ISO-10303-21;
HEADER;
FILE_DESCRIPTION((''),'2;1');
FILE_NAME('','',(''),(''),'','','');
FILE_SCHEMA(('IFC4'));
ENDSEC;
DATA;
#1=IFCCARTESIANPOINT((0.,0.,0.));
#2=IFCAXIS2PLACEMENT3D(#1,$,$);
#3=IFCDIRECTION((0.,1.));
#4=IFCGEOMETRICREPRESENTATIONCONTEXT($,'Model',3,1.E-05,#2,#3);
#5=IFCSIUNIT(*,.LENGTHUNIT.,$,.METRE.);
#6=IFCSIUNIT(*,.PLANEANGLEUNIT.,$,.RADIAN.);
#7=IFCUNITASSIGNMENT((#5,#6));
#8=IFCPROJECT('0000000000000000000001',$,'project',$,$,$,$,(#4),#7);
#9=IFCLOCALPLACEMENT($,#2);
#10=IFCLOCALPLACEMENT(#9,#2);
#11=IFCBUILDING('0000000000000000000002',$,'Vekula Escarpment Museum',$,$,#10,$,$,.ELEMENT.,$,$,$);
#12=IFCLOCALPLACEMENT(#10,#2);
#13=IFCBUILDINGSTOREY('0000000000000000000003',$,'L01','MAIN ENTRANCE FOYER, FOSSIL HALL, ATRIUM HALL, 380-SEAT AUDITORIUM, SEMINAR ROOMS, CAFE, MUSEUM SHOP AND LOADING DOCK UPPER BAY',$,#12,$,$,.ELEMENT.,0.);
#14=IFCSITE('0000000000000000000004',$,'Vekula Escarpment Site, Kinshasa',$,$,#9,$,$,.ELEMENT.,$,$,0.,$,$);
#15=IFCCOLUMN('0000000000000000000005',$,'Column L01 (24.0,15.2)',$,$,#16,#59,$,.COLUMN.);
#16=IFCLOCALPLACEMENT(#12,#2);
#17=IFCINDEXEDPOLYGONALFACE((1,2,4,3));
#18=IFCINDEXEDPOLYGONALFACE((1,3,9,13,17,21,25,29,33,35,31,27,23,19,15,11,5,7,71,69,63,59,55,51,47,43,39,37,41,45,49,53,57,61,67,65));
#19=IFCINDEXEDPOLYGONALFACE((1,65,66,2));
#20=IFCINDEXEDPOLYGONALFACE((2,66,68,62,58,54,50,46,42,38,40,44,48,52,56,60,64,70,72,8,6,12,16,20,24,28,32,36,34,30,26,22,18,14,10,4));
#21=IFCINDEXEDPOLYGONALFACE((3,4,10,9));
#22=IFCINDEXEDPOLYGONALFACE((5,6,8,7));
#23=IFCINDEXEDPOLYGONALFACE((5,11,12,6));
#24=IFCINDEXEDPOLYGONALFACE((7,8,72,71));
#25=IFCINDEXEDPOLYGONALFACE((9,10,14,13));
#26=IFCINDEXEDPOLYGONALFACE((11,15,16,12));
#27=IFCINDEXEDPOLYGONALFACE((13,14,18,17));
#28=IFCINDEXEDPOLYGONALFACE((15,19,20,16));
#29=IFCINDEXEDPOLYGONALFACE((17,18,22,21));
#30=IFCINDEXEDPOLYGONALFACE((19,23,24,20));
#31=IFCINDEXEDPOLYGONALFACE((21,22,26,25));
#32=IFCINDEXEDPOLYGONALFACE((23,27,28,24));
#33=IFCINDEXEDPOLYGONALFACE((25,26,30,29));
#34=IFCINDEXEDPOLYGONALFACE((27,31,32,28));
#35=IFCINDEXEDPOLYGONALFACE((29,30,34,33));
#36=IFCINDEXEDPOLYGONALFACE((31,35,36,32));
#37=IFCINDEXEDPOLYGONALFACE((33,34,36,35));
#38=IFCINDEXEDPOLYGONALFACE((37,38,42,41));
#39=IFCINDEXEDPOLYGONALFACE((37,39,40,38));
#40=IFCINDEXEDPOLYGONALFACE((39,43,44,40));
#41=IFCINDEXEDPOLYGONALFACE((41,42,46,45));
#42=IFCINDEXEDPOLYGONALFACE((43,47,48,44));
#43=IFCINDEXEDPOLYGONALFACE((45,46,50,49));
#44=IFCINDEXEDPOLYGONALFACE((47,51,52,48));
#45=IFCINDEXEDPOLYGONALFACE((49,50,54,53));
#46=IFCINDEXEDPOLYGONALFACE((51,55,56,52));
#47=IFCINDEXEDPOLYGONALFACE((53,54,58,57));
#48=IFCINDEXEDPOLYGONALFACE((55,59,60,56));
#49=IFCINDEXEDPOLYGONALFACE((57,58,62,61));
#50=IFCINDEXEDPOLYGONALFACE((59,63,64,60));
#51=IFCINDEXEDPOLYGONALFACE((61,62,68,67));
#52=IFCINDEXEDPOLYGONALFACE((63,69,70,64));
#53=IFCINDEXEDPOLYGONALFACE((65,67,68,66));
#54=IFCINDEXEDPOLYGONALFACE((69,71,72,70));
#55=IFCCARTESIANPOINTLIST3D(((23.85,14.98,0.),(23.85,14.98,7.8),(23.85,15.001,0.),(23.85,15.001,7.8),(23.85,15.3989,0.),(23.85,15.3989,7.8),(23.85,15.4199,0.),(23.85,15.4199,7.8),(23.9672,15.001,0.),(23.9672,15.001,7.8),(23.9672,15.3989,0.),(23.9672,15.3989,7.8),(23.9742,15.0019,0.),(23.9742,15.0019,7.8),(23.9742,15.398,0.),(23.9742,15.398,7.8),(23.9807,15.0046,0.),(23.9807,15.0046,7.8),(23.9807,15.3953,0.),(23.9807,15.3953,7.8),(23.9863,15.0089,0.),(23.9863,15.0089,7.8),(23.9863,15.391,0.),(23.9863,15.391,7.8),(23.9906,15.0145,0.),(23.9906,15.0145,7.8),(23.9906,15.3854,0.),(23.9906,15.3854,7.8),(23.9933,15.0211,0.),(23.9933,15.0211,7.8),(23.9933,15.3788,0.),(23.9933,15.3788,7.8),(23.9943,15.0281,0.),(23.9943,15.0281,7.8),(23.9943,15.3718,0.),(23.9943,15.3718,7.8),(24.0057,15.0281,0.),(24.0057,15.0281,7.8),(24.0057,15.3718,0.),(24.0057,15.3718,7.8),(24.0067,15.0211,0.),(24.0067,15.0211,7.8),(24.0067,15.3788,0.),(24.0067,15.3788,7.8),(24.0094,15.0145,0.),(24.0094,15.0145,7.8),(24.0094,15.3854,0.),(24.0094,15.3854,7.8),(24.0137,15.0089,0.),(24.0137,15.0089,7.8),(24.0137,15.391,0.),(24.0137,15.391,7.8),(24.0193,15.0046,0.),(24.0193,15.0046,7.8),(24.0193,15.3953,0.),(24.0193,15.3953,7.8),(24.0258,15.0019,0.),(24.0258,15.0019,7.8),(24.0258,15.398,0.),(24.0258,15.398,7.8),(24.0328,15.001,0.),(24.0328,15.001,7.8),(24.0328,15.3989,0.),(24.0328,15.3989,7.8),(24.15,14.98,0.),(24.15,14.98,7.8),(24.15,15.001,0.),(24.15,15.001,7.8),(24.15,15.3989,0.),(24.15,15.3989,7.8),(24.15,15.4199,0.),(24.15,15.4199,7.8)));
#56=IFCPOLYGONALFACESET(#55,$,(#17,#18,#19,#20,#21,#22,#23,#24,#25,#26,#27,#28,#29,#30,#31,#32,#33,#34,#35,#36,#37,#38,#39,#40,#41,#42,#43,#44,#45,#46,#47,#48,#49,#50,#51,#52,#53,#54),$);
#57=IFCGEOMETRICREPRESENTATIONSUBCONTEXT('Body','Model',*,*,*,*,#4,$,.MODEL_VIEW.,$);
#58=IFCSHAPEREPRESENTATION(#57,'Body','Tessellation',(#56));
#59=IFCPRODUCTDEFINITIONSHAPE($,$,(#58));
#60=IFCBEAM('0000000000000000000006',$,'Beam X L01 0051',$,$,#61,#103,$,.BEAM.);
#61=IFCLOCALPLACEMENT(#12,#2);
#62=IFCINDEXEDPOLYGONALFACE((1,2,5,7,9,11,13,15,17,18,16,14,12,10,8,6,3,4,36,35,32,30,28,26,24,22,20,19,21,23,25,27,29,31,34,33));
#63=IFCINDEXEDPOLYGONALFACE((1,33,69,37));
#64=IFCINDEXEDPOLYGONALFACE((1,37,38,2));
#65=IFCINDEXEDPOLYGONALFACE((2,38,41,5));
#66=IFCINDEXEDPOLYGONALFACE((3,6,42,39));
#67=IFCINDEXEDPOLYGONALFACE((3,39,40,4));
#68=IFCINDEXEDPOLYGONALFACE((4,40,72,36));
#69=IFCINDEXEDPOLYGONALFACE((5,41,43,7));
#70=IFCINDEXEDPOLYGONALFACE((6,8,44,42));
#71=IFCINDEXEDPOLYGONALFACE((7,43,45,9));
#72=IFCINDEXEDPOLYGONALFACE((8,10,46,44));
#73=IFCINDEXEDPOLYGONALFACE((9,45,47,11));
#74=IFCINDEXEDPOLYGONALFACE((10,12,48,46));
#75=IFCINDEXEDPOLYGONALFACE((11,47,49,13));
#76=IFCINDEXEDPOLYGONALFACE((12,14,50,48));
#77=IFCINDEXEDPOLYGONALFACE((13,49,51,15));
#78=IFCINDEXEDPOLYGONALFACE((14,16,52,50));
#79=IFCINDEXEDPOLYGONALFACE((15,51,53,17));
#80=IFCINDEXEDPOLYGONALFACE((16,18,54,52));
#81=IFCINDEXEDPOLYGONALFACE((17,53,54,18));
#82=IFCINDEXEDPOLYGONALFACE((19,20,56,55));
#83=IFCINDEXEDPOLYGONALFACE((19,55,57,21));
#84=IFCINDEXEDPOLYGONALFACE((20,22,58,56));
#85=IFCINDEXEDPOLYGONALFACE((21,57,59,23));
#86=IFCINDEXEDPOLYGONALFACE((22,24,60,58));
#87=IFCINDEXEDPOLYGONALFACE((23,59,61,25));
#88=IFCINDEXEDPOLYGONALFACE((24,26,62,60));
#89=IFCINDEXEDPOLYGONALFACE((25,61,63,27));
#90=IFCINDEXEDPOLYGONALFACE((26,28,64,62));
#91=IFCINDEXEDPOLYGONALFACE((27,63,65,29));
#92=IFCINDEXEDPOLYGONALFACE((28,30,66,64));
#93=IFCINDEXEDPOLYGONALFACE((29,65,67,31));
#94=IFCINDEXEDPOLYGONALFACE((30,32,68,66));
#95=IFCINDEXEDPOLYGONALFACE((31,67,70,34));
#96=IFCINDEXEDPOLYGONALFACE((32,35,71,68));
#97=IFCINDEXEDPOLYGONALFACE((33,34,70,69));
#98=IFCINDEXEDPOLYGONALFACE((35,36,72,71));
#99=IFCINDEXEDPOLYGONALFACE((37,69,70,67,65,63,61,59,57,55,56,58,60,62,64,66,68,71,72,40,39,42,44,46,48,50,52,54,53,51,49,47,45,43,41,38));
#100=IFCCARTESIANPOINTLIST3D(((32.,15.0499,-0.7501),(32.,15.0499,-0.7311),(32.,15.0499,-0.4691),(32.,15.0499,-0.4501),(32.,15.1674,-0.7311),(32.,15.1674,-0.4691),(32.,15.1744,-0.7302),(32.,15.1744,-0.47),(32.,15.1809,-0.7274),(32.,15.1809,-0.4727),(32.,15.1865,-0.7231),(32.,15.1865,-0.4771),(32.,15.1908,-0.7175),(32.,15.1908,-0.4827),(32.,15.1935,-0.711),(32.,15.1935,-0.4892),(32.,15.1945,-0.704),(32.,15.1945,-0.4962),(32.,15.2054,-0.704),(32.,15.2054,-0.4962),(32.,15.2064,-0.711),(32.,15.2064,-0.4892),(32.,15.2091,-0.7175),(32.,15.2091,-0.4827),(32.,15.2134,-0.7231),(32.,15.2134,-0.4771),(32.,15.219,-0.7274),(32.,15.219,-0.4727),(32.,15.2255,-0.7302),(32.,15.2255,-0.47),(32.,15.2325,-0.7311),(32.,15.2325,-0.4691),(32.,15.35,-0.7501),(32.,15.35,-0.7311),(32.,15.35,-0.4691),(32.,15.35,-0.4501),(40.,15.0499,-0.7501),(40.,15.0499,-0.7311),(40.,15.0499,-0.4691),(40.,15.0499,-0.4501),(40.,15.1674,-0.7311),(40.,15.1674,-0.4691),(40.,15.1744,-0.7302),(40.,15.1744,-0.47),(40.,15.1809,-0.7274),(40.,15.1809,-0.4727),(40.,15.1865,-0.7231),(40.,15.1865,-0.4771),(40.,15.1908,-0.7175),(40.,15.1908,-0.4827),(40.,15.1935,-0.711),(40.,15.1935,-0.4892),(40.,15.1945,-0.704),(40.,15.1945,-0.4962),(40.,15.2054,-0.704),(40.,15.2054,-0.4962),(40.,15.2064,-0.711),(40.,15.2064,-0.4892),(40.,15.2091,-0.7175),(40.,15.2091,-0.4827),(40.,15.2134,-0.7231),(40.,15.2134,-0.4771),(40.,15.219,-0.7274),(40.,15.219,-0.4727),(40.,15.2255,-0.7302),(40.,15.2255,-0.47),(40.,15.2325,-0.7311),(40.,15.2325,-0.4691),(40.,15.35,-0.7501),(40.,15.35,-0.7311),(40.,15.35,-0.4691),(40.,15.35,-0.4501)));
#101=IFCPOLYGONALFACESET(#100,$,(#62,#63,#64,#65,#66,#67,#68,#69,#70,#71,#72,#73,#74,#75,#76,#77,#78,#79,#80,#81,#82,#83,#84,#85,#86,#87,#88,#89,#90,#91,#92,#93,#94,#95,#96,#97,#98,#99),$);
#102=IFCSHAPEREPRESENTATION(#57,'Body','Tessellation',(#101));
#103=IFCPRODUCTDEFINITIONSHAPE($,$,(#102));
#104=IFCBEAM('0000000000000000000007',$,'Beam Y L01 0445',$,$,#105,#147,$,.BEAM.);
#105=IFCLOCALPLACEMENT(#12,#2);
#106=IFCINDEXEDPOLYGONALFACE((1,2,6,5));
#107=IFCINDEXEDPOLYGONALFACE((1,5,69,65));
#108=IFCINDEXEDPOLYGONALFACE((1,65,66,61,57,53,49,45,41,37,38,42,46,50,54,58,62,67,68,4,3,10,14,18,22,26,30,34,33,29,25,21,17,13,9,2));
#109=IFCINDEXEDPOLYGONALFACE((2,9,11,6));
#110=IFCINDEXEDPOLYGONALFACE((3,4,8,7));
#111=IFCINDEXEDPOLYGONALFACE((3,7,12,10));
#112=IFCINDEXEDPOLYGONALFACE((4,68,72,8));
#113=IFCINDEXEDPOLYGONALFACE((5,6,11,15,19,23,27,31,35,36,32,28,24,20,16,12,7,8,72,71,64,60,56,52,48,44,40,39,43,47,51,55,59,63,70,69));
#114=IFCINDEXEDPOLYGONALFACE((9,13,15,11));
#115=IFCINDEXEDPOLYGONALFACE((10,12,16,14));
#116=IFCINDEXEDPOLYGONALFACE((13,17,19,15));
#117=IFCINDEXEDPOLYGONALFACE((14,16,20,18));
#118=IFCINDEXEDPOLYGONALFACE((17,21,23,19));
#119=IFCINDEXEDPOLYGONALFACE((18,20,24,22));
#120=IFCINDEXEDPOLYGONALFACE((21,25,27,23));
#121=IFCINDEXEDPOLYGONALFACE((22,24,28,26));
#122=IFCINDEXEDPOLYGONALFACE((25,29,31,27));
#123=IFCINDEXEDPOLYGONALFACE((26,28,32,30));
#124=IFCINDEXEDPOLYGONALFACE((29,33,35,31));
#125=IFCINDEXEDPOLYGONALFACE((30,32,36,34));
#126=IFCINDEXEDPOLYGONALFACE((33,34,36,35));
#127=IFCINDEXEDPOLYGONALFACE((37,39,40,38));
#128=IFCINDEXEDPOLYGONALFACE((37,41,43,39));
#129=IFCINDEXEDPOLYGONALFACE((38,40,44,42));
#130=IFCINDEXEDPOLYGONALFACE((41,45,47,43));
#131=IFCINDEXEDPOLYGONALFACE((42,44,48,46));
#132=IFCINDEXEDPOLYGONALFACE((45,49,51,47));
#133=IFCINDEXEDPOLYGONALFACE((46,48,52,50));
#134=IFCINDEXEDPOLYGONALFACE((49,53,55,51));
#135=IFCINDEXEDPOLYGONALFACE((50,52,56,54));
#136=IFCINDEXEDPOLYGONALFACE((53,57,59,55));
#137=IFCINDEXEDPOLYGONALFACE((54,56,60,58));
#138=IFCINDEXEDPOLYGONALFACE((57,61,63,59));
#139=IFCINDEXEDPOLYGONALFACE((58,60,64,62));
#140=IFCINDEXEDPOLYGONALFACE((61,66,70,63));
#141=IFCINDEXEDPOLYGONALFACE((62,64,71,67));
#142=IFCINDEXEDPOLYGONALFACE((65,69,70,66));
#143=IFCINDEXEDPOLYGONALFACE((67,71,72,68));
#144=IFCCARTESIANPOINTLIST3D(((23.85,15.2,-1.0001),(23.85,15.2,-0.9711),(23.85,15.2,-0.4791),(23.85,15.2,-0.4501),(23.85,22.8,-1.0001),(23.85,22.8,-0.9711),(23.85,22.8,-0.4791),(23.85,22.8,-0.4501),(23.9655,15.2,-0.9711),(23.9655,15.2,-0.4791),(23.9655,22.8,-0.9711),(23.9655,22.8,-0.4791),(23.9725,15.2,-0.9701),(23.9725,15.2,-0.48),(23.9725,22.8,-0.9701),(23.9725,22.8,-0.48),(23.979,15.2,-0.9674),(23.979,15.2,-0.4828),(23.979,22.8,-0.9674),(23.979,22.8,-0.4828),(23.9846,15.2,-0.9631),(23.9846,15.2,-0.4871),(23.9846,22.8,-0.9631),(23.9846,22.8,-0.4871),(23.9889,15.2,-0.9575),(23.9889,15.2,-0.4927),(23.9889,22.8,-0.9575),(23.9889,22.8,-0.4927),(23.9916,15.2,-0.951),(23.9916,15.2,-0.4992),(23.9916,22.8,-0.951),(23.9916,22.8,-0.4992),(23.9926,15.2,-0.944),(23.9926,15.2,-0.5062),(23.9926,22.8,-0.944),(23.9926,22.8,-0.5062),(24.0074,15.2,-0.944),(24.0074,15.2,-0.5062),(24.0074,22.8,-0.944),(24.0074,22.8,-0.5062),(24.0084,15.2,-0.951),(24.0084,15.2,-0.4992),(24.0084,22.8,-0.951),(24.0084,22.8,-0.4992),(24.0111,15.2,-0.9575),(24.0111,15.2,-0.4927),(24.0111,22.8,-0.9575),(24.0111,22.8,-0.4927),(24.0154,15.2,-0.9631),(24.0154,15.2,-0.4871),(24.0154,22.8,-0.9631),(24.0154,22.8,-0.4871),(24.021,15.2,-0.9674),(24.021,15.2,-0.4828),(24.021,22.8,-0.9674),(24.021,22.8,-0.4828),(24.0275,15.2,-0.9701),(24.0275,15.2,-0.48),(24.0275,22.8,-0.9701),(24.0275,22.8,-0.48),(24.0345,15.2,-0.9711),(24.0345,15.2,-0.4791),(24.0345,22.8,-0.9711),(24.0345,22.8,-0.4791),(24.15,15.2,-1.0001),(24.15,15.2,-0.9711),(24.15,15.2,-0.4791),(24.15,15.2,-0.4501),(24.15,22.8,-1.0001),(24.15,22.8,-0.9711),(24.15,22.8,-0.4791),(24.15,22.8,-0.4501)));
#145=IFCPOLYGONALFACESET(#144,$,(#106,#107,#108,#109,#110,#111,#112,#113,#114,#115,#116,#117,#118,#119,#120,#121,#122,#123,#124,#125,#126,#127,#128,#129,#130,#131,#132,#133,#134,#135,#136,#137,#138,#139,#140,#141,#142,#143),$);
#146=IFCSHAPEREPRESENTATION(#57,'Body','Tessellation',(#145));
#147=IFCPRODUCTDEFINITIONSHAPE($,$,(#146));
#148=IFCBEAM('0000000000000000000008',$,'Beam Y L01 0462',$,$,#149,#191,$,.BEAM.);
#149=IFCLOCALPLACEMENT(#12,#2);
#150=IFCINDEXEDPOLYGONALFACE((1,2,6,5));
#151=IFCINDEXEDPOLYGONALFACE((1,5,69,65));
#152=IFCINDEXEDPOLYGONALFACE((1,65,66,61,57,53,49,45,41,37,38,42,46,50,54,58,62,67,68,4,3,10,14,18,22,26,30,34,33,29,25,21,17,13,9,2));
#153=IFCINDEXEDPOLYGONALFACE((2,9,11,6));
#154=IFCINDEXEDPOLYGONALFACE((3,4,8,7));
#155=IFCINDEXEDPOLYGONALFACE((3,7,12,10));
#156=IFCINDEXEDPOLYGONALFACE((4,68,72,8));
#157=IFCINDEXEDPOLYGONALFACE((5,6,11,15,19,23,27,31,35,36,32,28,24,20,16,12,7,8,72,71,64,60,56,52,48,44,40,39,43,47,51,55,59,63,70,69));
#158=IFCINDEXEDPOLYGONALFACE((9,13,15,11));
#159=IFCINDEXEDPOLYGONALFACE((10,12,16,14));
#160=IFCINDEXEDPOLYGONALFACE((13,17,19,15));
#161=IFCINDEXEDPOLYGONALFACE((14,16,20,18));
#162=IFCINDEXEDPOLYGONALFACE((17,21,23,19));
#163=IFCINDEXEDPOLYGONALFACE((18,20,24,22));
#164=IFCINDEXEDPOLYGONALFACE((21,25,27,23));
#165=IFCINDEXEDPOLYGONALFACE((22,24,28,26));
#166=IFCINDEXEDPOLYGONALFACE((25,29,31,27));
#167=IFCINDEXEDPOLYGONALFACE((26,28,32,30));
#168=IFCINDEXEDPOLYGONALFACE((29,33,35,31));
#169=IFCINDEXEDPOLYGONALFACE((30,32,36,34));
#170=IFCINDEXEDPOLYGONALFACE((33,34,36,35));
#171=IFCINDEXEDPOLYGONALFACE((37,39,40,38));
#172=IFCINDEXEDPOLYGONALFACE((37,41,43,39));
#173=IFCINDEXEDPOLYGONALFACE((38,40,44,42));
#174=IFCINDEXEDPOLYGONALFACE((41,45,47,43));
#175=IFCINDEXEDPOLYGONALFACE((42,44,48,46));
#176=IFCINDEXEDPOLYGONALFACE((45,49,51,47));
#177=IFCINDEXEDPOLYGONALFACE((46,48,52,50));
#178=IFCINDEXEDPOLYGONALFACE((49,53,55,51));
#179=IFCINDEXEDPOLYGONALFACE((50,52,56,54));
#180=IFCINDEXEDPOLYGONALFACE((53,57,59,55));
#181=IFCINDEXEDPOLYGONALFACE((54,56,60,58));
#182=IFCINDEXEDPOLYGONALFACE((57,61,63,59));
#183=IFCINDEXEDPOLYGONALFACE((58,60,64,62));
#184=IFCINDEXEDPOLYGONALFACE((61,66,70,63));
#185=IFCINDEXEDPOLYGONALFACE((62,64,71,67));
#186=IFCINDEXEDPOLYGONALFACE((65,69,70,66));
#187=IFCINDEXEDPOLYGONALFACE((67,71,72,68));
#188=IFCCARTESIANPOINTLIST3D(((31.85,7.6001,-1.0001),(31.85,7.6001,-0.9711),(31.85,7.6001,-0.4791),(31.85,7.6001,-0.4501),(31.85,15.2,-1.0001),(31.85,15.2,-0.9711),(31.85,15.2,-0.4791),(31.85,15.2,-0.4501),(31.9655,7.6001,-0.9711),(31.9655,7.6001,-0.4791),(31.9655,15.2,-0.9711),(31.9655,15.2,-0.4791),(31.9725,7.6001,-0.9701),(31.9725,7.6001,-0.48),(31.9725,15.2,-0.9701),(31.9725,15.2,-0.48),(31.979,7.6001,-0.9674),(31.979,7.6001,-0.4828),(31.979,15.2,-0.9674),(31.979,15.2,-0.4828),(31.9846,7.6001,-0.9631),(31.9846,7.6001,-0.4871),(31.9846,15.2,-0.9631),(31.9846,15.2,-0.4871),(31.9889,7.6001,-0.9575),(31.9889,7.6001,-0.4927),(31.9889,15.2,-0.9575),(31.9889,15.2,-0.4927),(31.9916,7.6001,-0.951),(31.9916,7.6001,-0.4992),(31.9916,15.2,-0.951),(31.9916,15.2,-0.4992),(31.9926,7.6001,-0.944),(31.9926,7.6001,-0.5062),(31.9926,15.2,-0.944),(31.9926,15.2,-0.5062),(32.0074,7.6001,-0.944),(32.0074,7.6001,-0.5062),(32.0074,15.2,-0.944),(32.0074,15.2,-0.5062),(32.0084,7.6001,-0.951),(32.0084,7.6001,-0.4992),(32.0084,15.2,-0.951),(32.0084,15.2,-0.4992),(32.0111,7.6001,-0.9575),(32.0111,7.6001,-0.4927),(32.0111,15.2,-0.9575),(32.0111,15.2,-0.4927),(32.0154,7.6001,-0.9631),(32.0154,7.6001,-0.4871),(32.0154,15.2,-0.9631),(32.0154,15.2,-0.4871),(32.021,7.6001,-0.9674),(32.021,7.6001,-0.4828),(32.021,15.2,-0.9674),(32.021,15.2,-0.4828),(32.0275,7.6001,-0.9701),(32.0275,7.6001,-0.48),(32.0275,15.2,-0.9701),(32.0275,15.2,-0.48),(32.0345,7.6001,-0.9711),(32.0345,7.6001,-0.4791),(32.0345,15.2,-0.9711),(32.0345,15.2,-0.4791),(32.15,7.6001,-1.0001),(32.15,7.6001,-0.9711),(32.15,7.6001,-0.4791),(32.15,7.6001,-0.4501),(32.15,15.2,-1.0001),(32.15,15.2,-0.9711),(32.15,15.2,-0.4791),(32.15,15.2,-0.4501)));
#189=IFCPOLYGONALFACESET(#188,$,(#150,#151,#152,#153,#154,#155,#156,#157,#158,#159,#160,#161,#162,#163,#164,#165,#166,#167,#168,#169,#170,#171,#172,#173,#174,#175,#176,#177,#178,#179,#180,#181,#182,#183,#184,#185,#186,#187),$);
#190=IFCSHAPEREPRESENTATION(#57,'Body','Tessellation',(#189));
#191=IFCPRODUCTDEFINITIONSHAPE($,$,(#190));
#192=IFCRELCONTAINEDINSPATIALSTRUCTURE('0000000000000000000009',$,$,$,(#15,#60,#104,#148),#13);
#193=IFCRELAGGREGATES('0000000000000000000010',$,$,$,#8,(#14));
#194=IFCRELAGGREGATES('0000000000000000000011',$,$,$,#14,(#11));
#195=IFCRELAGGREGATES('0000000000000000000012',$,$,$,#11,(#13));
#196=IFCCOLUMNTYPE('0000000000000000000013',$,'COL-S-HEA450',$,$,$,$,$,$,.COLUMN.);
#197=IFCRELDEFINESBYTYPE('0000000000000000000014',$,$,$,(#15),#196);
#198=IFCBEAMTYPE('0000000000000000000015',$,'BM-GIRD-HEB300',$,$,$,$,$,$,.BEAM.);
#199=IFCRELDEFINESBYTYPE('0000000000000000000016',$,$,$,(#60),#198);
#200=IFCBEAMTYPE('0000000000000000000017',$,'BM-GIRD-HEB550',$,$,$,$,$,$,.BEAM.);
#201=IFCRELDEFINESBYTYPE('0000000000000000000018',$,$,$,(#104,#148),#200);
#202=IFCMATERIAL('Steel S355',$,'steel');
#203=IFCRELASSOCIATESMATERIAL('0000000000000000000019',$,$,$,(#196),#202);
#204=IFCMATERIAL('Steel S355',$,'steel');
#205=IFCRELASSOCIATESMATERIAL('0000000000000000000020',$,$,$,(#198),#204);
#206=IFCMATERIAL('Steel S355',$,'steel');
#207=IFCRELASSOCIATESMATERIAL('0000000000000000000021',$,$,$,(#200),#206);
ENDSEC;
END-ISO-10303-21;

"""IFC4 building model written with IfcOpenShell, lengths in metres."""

from ifc_helpers import new_model, si_unit, direction, frame, origin, origin_2d, place, context, subcontext, project, spatial, i_section, extrude, material, material_profile, profile_set, type_object, element, save


model = new_model("IFC4")

# Units and contexts
model_context = context("Model", 3, precision=1e-05, world=origin(), true_north=direction((0.0, 1.0)))
body_context = subcontext(model_context, "Body", "Model", "MODEL_VIEW")
ifc_project = project(units=[si_unit("LENGTHUNIT", "METRE"), si_unit("PLANEANGLEUNIT", "RADIAN")], contexts=[model_context])

# Site, building, storey
site_placement = place(None, origin())
site = spatial("IfcSite", under=ifc_project, at=site_placement, Name="Vekula Escarpment Site, Kinshasa", CompositionType="ELEMENT", RefElevation=0.0)
building_placement = place(site_placement, origin())
building = spatial("IfcBuilding", under=site, at=building_placement, Name="Vekula Escarpment Museum", CompositionType="ELEMENT")
storey_placement = place(building_placement, origin())
storey = spatial("IfcBuildingStorey", under=building, at=storey_placement, Name="L01", Description="MAIN ENTRANCE FOYER, FOSSIL HALL, ATRIUM HALL, 380-SEAT AUDITORIUM, SEMINAR ROOMS, CAFE, MUSEUM SHOP AND LOADING DOCK UPPER BAY", CompositionType="ELEMENT", Elevation=0.0)

# Column
ifc_material_1 = material(Name="Steel S355", Category="steel")
ifc_material_profile_1 = material_profile(ifc_material_1, i_section(OverallWidth=0.3, OverallDepth=0.4399, WebThickness=0.0115, FlangeThickness=0.021, FilletRadius=0.0271, at=origin_2d()), Name="HEA 450")
ifc_profile_set_1 = profile_set([ifc_material_profile_1], Name="Steel S355")
column_type_1 = type_object("IfcColumnType", Name="COL-S-HEA450", PredefinedType="COLUMN", material=ifc_profile_set_1)
column_1_placement = place(storey_placement, frame((24.0, 15.2, 0.0), z_axis=(0.0, 0.0, 1.0), x_axis=(1.0, 0.0, 0.0)))
element("IfcColumn", 1, at=column_1_placement, inside=storey, type_object=column_type_1, Name="Column L01 (24.0,15.2)", PredefinedType="COLUMN", context=body_context, shape_type="SweptSolid", body=[
    extrude(i_section(OverallWidth=0.3, OverallDepth=0.4399, WebThickness=0.0115, FlangeThickness=0.021, FilletRadius=0.0271, at=origin_2d()), origin(), (0.0, 0.0, 1.0), 7.8),
])

# Beams
ifc_material_2 = material(Name="Steel S355", Category="steel")
ifc_material_profile_2 = material_profile(ifc_material_2, i_section(OverallWidth=0.3, OverallDepth=0.3, WebThickness=0.011, FlangeThickness=0.019, FilletRadius=0.0271, at=origin_2d()), Name="HEB 300")
ifc_profile_set_2 = profile_set([ifc_material_profile_2], Name="Steel S355")
beam_type_1 = type_object("IfcBeamType", Name="BM-GIRD-HEB300", PredefinedType="BEAM", material=ifc_profile_set_2)
beam_1_placement = place(storey_placement, frame((32.0, 15.2, -0.6001), z_axis=(1.0, 0.0, 0.0), x_axis=(0.0, 1.0, 0.0)))
element("IfcBeam", 2, at=beam_1_placement, inside=storey, type_object=beam_type_1, Name="Beam X L01 0051", PredefinedType="BEAM", context=body_context, shape_type="SweptSolid", body=[
    extrude(i_section(OverallWidth=0.3, OverallDepth=0.3, WebThickness=0.011, FlangeThickness=0.019, FilletRadius=0.0271, at=origin_2d()), origin(), (0.0, 0.0, 1.0), 8.0),
])
ifc_material_3 = material(Name="Steel S355", Category="steel")
ifc_material_profile_3 = material_profile(ifc_material_3, i_section(OverallWidth=0.3, OverallDepth=0.55, WebThickness=0.0149, FlangeThickness=0.0291, FilletRadius=0.0271, at=origin_2d()), Name="HEB 550")
ifc_profile_set_3 = profile_set([ifc_material_profile_3], Name="Steel S355")
beam_type_2 = type_object("IfcBeamType", Name="BM-GIRD-HEB550", PredefinedType="BEAM", material=ifc_profile_set_3)
beam_2_placement = place(storey_placement, frame((24.0, 15.2, -0.7251), z_axis=(0.0, 1.0, 0.0), x_axis=(-1.0, 0.0, 0.0)))
element("IfcBeam", 3, at=beam_2_placement, inside=storey, type_object=beam_type_2, Name="Beam Y L01 0445", PredefinedType="BEAM", context=body_context, shape_type="SweptSolid", body=[
    extrude(i_section(OverallWidth=0.3, OverallDepth=0.55, WebThickness=0.0149, FlangeThickness=0.0291, FilletRadius=0.0271, at=origin_2d()), origin(), (0.0, 0.0, 1.0), 7.6001),
])
beam_3_placement = place(storey_placement, frame((32.0, 7.6001, -0.7251), z_axis=(0.0, 1.0, 0.0), x_axis=(-1.0, 0.0, 0.0)))
element("IfcBeam", 4, at=beam_3_placement, inside=storey, type_object=beam_type_2, Name="Beam Y L01 0462", PredefinedType="BEAM", context=body_context, shape_type="SweptSolid", body=[
    extrude(i_section(OverallWidth=0.3, OverallDepth=0.55, WebThickness=0.0149, FlangeThickness=0.0291, FilletRadius=0.0271, at=origin_2d()), origin(), (0.0, 0.0, 1.0), 7.5999),
])

save(model, "model.ifc")
